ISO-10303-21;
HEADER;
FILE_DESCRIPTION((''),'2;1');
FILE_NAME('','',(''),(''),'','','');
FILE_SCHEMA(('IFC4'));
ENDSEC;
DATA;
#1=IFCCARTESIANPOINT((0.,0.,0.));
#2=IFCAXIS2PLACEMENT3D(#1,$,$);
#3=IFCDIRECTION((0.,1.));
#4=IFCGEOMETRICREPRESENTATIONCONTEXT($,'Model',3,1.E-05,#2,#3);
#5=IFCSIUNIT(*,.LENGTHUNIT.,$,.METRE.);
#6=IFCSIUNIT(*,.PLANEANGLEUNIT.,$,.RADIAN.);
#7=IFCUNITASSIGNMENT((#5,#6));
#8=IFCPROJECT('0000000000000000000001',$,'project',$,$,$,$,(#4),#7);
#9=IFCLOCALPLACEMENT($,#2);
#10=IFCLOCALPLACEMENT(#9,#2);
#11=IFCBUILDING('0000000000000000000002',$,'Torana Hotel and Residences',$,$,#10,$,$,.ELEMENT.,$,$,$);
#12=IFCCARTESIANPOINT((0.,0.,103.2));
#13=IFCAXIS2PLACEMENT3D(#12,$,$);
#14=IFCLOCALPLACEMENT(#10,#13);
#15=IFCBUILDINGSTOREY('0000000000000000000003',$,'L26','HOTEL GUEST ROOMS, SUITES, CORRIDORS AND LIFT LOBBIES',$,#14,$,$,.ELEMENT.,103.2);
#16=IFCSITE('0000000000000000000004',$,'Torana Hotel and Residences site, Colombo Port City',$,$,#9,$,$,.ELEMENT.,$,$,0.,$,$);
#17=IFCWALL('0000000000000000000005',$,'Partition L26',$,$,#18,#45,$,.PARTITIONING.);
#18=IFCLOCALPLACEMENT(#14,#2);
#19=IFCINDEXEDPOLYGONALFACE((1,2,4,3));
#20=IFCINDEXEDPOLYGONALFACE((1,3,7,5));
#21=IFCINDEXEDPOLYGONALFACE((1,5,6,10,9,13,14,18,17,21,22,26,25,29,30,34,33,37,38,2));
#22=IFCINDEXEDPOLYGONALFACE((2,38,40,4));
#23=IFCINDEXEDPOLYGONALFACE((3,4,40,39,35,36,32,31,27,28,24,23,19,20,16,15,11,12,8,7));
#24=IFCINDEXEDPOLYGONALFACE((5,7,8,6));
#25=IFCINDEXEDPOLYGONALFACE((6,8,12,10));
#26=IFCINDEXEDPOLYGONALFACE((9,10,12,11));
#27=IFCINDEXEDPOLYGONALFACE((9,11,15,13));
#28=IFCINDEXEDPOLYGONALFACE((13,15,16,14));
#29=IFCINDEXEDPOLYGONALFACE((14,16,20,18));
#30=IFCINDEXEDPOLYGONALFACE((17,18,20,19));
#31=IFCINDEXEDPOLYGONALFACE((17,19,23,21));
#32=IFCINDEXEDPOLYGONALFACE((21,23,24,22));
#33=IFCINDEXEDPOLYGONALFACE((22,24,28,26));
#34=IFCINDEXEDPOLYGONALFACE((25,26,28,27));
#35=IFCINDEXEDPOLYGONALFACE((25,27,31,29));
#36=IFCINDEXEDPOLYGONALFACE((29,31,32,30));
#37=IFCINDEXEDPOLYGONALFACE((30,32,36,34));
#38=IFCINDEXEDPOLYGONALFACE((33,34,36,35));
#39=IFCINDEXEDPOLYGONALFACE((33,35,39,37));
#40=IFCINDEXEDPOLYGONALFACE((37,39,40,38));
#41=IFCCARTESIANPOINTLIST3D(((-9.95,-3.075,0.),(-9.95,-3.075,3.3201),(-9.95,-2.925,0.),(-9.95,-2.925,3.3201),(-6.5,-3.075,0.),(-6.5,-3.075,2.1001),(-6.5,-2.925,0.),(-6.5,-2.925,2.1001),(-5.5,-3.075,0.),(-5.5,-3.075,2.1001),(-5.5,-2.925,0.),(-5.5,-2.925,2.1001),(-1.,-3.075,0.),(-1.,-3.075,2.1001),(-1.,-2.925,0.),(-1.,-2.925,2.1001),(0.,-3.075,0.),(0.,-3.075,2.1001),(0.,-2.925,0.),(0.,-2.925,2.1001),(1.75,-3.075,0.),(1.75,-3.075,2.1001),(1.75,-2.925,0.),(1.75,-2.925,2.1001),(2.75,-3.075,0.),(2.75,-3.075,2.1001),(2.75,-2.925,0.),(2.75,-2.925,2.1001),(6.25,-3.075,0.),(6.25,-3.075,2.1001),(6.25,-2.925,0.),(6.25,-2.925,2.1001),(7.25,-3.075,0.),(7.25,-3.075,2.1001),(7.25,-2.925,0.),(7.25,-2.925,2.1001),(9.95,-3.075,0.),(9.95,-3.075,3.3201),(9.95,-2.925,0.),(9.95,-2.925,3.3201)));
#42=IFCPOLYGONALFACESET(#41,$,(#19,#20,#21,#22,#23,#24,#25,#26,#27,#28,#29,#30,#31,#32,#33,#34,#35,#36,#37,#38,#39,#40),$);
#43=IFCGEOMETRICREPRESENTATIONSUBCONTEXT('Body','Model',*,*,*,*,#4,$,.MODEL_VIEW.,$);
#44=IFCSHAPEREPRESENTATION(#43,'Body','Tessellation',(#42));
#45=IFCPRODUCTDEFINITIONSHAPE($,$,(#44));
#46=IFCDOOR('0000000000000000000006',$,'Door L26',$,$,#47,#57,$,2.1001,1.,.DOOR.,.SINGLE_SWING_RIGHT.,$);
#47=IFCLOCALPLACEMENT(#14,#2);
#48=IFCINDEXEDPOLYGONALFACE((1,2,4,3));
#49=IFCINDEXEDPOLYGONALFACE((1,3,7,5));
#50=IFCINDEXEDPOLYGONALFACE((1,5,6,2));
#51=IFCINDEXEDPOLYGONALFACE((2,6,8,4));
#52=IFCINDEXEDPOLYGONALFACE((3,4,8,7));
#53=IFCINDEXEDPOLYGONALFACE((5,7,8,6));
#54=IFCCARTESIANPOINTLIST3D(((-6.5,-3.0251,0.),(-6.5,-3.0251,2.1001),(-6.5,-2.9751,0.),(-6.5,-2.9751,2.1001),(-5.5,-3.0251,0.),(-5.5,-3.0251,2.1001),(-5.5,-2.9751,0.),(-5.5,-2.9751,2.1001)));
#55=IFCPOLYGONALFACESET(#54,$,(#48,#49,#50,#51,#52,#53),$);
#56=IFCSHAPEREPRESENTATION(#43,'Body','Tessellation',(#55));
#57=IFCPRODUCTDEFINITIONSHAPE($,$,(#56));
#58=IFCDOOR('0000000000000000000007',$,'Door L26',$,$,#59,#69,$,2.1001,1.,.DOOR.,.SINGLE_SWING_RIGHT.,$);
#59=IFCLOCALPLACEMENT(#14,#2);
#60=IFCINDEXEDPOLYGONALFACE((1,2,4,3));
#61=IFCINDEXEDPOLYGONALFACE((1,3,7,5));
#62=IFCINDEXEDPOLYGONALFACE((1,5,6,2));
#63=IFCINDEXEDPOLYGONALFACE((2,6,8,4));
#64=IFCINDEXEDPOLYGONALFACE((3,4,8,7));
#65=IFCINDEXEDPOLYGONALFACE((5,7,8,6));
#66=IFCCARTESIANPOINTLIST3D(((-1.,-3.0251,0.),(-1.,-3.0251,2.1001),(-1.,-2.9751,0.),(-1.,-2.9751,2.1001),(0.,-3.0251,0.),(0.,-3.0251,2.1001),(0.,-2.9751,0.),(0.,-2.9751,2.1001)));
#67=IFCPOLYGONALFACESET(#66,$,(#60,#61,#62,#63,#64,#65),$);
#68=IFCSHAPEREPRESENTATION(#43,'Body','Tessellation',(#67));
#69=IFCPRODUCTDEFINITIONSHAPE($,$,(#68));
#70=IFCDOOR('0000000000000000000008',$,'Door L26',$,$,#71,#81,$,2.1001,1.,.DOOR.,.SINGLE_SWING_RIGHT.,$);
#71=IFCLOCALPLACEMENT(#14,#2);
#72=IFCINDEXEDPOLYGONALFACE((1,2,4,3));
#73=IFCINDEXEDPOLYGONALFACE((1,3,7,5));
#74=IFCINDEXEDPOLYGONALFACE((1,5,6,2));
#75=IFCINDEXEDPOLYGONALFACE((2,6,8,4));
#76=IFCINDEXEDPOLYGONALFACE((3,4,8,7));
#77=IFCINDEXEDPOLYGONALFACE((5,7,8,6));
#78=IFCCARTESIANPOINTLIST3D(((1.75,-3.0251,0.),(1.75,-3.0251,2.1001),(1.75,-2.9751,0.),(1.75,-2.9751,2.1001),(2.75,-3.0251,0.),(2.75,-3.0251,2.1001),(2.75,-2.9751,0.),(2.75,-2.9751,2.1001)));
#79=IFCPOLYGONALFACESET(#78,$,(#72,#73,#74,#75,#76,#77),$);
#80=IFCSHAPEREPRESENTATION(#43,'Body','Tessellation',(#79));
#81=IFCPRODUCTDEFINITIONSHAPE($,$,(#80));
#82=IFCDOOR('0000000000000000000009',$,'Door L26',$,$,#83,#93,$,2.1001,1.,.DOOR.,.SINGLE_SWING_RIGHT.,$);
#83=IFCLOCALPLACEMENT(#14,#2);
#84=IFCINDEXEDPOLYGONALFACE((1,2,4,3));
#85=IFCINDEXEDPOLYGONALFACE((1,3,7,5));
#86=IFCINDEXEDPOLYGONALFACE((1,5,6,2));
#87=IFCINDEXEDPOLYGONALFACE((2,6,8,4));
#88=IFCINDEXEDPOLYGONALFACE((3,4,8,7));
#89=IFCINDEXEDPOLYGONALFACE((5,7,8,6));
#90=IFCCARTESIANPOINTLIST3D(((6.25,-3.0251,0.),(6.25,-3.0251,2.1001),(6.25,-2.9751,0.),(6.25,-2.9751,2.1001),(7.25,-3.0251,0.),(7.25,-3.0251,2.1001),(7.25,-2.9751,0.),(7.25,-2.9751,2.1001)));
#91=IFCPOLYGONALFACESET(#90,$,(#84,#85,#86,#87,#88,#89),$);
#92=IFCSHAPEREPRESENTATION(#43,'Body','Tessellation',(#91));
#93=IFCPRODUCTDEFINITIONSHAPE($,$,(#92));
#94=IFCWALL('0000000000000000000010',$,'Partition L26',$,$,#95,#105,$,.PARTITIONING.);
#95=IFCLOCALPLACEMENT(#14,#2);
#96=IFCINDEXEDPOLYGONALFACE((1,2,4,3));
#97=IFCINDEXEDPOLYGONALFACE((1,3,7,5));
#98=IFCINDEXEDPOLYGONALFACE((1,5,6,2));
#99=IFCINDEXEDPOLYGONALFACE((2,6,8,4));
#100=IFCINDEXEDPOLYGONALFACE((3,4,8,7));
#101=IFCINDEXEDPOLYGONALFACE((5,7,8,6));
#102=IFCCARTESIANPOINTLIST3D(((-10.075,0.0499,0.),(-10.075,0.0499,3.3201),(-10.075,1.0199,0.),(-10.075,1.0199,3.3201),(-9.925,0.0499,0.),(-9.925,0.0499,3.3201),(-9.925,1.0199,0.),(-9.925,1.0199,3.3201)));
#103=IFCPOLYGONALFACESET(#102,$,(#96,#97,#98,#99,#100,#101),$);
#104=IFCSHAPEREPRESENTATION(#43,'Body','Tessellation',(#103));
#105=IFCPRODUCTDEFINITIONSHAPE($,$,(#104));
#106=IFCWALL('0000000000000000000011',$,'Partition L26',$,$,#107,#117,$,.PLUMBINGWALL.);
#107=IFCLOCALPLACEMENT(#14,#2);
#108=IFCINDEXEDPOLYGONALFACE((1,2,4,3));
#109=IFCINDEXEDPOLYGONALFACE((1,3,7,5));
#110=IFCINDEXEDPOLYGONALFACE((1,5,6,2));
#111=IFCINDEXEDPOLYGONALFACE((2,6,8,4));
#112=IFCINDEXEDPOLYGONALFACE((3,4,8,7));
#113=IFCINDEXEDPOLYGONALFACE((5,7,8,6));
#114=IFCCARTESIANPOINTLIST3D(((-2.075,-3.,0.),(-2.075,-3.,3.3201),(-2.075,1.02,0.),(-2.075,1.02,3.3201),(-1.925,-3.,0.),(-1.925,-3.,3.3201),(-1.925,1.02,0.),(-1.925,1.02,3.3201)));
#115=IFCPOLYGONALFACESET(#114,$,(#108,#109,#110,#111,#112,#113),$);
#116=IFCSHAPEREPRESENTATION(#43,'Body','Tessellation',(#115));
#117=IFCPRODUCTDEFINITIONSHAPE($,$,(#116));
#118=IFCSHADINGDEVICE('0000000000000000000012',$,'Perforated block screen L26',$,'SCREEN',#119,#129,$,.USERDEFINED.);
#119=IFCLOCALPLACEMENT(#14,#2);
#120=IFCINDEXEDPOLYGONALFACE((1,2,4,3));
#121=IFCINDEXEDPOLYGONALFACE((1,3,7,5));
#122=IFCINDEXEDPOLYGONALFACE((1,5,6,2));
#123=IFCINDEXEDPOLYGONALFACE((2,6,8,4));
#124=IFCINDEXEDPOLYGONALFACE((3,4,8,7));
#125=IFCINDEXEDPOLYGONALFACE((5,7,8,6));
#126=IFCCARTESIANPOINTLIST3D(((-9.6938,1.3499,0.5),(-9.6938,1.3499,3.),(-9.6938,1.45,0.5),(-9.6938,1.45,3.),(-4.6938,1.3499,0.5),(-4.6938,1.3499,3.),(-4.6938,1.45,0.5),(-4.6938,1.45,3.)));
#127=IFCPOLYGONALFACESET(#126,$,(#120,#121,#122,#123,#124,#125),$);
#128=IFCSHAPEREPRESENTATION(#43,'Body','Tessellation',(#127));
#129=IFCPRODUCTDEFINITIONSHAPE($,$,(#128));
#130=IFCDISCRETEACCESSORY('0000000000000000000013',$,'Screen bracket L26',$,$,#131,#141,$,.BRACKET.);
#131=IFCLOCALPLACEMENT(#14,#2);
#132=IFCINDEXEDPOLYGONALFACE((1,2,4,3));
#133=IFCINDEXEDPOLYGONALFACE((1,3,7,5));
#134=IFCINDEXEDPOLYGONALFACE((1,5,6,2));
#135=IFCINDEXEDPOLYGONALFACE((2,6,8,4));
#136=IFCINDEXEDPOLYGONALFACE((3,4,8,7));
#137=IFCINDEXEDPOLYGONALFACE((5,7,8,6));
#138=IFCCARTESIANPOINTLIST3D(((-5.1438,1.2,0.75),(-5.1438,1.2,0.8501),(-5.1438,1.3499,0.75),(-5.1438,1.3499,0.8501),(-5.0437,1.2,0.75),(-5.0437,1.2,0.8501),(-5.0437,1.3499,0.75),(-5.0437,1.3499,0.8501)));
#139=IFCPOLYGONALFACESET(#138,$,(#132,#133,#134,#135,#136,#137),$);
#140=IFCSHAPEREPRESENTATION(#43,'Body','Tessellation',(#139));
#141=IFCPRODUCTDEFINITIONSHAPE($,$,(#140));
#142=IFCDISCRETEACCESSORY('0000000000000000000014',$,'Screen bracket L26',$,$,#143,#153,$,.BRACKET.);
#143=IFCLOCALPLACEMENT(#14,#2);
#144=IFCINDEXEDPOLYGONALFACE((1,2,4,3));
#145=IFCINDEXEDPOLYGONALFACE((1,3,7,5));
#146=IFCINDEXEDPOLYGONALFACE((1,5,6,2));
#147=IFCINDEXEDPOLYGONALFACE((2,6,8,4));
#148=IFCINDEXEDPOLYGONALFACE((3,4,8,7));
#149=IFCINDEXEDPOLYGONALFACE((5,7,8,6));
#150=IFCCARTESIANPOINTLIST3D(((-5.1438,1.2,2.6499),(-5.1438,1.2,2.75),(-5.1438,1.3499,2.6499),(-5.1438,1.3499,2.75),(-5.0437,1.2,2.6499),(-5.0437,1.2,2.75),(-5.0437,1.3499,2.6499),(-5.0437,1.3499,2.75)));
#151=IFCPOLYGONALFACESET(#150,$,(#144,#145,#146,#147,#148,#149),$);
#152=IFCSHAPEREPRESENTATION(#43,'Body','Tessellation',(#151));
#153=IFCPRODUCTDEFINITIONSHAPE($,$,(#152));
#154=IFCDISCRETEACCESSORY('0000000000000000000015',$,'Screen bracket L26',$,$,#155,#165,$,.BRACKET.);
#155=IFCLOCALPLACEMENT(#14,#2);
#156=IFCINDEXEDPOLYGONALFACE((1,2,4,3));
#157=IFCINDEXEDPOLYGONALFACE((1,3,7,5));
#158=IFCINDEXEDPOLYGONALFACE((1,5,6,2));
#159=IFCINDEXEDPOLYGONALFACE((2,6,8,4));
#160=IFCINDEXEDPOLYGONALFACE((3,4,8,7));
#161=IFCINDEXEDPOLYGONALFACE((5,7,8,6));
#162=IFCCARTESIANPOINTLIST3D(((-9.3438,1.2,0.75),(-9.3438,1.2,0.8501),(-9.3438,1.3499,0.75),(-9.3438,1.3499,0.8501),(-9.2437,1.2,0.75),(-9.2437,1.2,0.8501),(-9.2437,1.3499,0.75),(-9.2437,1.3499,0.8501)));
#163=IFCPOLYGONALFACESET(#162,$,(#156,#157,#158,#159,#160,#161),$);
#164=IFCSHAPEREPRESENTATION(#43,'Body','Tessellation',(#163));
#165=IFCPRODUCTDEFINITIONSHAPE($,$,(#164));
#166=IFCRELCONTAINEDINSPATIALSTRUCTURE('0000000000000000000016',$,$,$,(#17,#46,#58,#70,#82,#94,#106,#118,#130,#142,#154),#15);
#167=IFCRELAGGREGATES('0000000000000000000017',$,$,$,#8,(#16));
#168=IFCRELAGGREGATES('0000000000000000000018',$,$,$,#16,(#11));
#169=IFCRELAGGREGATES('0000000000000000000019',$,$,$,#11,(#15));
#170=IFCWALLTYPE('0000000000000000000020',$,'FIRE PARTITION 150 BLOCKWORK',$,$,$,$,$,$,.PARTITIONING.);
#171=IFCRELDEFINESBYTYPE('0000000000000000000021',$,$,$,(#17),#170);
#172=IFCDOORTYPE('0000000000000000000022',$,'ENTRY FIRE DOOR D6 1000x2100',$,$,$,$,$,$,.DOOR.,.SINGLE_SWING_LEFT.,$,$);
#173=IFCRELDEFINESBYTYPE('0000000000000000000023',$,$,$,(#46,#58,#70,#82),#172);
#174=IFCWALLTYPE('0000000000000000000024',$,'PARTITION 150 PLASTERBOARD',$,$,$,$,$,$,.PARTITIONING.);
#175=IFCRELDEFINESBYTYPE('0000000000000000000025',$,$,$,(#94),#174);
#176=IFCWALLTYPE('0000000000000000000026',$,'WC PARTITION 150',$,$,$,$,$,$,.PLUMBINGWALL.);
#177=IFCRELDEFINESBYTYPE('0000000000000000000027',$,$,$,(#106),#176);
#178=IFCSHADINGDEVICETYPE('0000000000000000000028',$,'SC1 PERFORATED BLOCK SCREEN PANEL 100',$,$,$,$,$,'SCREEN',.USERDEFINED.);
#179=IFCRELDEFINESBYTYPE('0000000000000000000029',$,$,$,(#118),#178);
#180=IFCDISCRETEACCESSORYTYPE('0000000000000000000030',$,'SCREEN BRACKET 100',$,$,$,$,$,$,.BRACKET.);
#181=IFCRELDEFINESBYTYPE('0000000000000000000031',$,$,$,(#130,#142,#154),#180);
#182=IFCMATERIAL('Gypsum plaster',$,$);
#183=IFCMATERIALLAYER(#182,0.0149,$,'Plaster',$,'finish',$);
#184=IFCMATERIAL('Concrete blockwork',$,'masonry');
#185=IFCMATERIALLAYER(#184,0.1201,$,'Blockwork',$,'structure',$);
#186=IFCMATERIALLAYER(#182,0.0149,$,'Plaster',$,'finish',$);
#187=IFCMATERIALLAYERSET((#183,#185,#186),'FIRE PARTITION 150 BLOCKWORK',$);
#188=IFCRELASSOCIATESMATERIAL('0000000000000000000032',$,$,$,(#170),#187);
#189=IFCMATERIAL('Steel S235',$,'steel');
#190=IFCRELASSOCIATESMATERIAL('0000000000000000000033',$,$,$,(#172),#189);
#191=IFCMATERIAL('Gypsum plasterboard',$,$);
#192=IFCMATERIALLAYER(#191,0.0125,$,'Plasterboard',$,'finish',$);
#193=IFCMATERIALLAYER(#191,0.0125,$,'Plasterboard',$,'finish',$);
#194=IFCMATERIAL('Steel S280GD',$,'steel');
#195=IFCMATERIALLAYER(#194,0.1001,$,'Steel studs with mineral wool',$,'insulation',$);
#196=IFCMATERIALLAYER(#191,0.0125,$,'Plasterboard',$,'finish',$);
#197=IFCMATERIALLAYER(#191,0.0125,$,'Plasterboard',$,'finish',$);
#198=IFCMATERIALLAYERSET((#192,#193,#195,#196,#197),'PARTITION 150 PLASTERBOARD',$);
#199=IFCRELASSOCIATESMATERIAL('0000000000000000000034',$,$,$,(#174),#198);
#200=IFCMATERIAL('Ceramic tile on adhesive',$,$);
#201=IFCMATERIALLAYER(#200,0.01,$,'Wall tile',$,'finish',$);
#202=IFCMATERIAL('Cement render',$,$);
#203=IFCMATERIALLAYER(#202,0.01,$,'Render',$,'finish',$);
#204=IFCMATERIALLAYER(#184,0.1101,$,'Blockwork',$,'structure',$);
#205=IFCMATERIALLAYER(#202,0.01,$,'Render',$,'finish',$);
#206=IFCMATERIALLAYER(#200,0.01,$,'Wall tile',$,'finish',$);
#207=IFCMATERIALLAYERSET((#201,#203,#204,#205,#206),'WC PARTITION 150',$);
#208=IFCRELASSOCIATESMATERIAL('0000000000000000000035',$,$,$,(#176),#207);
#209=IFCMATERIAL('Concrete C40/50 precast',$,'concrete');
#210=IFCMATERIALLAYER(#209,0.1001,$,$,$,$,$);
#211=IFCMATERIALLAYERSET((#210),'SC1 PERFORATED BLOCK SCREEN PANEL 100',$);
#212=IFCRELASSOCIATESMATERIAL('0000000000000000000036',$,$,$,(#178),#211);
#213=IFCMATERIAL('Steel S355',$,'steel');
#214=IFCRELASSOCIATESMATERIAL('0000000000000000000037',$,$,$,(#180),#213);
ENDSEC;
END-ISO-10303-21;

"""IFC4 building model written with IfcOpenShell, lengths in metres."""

from ifc_helpers import new_model, si_unit, direction, frame, frame_2d, origin, origin_2d, place, context, subcontext, project, spatial, rectangle, extrude, material, layer, layer_set, type_object, element, fill, save


model = new_model("IFC4")

# Units and contexts
model_context = context("Model", 3, precision=1e-05, world=origin(), true_north=direction((0.0, 1.0)))
body_context = subcontext(model_context, "Body", "Model", "MODEL_VIEW")
ifc_project = project(units=[si_unit("LENGTHUNIT", "METRE"), si_unit("PLANEANGLEUNIT", "RADIAN")], contexts=[model_context])

# Site, building, storey
site_placement = place(None, origin())
site = spatial("IfcSite", under=ifc_project, at=site_placement, Name="Torana Hotel and Residences site, Colombo Port City", CompositionType="ELEMENT", RefElevation=0.0)
building_placement = place(site_placement, origin())
building = spatial("IfcBuilding", under=site, at=building_placement, Name="Torana Hotel and Residences", CompositionType="ELEMENT")
storey_placement = place(building_placement, frame((0.0, 0.0, 103.2)))
storey = spatial("IfcBuildingStorey", under=building, at=storey_placement, Name="L26", Description="HOTEL GUEST ROOMS, SUITES, CORRIDORS AND LIFT LOBBIES", CompositionType="ELEMENT", Elevation=103.2)

# Shared definitions
ifc_material_1 = material(Name="Gypsum plaster")
ifc_layer_1 = layer(ifc_material_1, 0.0149, Name="Plaster", Category="finish")
ifc_material_2 = material(Name="Concrete blockwork", Category="masonry")
ifc_layer_2 = layer(ifc_material_2, 0.1201, Name="Blockwork", Category="structure")
ifc_layer_3 = layer(ifc_material_1, 0.0149, Name="Plaster", Category="finish")
ifc_layer_set_1 = layer_set([ifc_layer_1, ifc_layer_2, ifc_layer_3], Name="FIRE PARTITION 150 BLOCKWORK")
wall_type_1 = type_object("IfcWallType", Name="FIRE PARTITION 150 BLOCKWORK", PredefinedType="PARTITIONING", material=ifc_layer_set_1)

# Shared definitions
ifc_material_3 = material(Name="Steel S235", Category="steel")
door_type = type_object("IfcDoorType", Name="ENTRY FIRE DOOR D6 1000x2100", OperationType="SINGLE_SWING_LEFT", PredefinedType="DOOR", material=ifc_material_3)

# Wall, openings, doors
wall_1_placement = place(storey_placement, frame((-9.95, -3.0, 0.0), z_axis=(0.0, 0.0, 1.0), x_axis=(1.0, 0.0, 0.0)))
wall_1 = element("IfcWall", 1, at=wall_1_placement, inside=storey, type_object=wall_type_1, Name="Partition L26", PredefinedType="PARTITIONING", context=body_context, shape_type="SweptSolid", body=[
    extrude(rectangle(XDim=19.8999, YDim=0.1499, at=frame_2d((9.95, 0.0))), origin(), (0.0, 0.0, 1.0), 3.3201),
])
opening_1_placement = place(wall_1_placement, frame((3.45, 0.0, 0.0)))
opening_1 = element("IfcOpeningElement", 2, at=opening_1_placement, cuts=wall_1, PredefinedType="OPENING", context=body_context, shape_type="SweptSolid", body=[
    extrude(rectangle(XDim=1.0, YDim=2.1001, at=frame_2d((0.5, 1.05))), frame((0.0, 0.085, 0.0), z_axis=(0.0, -1.0, 0.0), x_axis=(1.0, 0.0, 0.0)), (0.0, 0.0, 1.0), 0.1699),
])
opening_2_placement = place(wall_1_placement, frame((8.95, 0.0, 0.0)))
opening_2 = element("IfcOpeningElement", 3, at=opening_2_placement, cuts=wall_1, PredefinedType="OPENING", context=body_context, shape_type="SweptSolid", body=[
    extrude(rectangle(XDim=1.0, YDim=2.1001, at=frame_2d((0.5, 1.05))), frame((0.0, 0.085, 0.0), z_axis=(0.0, -1.0, 0.0), x_axis=(1.0, 0.0, 0.0)), (0.0, 0.0, 1.0), 0.1699),
])
opening_3_placement = place(wall_1_placement, frame((11.7, 0.0, 0.0)))
opening_3 = element("IfcOpeningElement", 4, at=opening_3_placement, cuts=wall_1, PredefinedType="OPENING", context=body_context, shape_type="SweptSolid", body=[
    extrude(rectangle(XDim=1.0, YDim=2.1001, at=frame_2d((0.5, 1.05))), frame((0.0, 0.085, 0.0), z_axis=(0.0, -1.0, 0.0), x_axis=(1.0, 0.0, 0.0)), (0.0, 0.0, 1.0), 0.1699),
])
opening_4_placement = place(wall_1_placement, frame((16.2, 0.0, 0.0)))
opening_4 = element("IfcOpeningElement", 5, at=opening_4_placement, cuts=wall_1, PredefinedType="OPENING", context=body_context, shape_type="SweptSolid", body=[
    extrude(rectangle(XDim=1.0, YDim=2.1001, at=frame_2d((0.5, 1.05))), frame((0.0, 0.085, 0.0), z_axis=(0.0, -1.0, 0.0), x_axis=(1.0, 0.0, 0.0)), (0.0, 0.0, 1.0), 0.1699),
])
door_1_placement = place(opening_1_placement, origin())
door_1 = element("IfcDoor", 6, at=door_1_placement, inside=storey, type_object=door_type, Name="Door L26", OperationType="SINGLE_SWING_RIGHT", OverallHeight=2.1001, OverallWidth=1.0, PredefinedType="DOOR", context=body_context, shape_type="SweptSolid", body=[
    extrude(rectangle(XDim=1.0, YDim=2.1001, at=frame_2d((0.5, 1.05))), frame((0.0, 0.0249, 0.0), z_axis=(0.0, -1.0, 0.0), x_axis=(1.0, 0.0, 0.0)), (0.0, 0.0, 1.0), 0.05),
])
fill(opening_1, door_1)
door_2_placement = place(opening_2_placement, origin())
door_2 = element("IfcDoor", 7, at=door_2_placement, inside=storey, type_object=door_type, Name="Door L26", OperationType="SINGLE_SWING_RIGHT", OverallHeight=2.1001, OverallWidth=1.0, PredefinedType="DOOR", context=body_context, shape_type="SweptSolid", body=[
    extrude(rectangle(XDim=1.0, YDim=2.1001, at=frame_2d((0.5, 1.05))), frame((0.0, 0.0249, 0.0), z_axis=(0.0, -1.0, 0.0), x_axis=(1.0, 0.0, 0.0)), (0.0, 0.0, 1.0), 0.05),
])
fill(opening_2, door_2)
door_3_placement = place(opening_3_placement, origin())
door_3 = element("IfcDoor", 8, at=door_3_placement, inside=storey, type_object=door_type, Name="Door L26", OperationType="SINGLE_SWING_RIGHT", OverallHeight=2.1001, OverallWidth=1.0, PredefinedType="DOOR", context=body_context, shape_type="SweptSolid", body=[
    extrude(rectangle(XDim=1.0, YDim=2.1001, at=frame_2d((0.5, 1.05))), frame((0.0, 0.0249, 0.0), z_axis=(0.0, -1.0, 0.0), x_axis=(1.0, 0.0, 0.0)), (0.0, 0.0, 1.0), 0.05),
])
fill(opening_3, door_3)
door_4_placement = place(opening_4_placement, origin())
door_4 = element("IfcDoor", 9, at=door_4_placement, inside=storey, type_object=door_type, Name="Door L26", OperationType="SINGLE_SWING_RIGHT", OverallHeight=2.1001, OverallWidth=1.0, PredefinedType="DOOR", context=body_context, shape_type="SweptSolid", body=[
    extrude(rectangle(XDim=1.0, YDim=2.1001, at=frame_2d((0.5, 1.05))), frame((0.0, 0.0249, 0.0), z_axis=(0.0, -1.0, 0.0), x_axis=(1.0, 0.0, 0.0)), (0.0, 0.0, 1.0), 0.05),
])
fill(opening_4, door_4)

# Walls
ifc_material_4 = material(Name="Gypsum plasterboard")
ifc_layer_4 = layer(ifc_material_4, 0.0125, Name="Plasterboard", Category="finish")
ifc_layer_5 = layer(ifc_material_4, 0.0125, Name="Plasterboard", Category="finish")
ifc_material_5 = material(Name="Steel S280GD", Category="steel")
ifc_layer_6 = layer(ifc_material_5, 0.1001, Name="Steel studs with mineral wool", Category="insulation")
ifc_layer_7 = layer(ifc_material_4, 0.0125, Name="Plasterboard", Category="finish")
ifc_layer_8 = layer(ifc_material_4, 0.0125, Name="Plasterboard", Category="finish")
ifc_layer_set_2 = layer_set([ifc_layer_4, ifc_layer_5, ifc_layer_6, ifc_layer_7, ifc_layer_8], Name="PARTITION 150 PLASTERBOARD")
wall_type_2 = type_object("IfcWallType", Name="PARTITION 150 PLASTERBOARD", PredefinedType="PARTITIONING", material=ifc_layer_set_2)
wall_2_placement = place(storey_placement, frame((-10.0, 0.05, 0.0), z_axis=(0.0, 0.0, 1.0), x_axis=(0.0, 1.0, 0.0)))
element("IfcWall", 10, at=wall_2_placement, inside=storey, type_object=wall_type_2, Name="Partition L26", PredefinedType="PARTITIONING", context=body_context, shape_type="SweptSolid", body=[
    extrude(rectangle(XDim=0.97, YDim=0.1499, at=frame_2d((0.4849, 0.0))), origin(), (0.0, 0.0, 1.0), 3.3201),
])
ifc_material_6 = material(Name="Ceramic tile on adhesive")
ifc_layer_9 = layer(ifc_material_6, 0.01, Name="Wall tile", Category="finish")
ifc_material_7 = material(Name="Cement render")
ifc_layer_10 = layer(ifc_material_7, 0.01, Name="Render", Category="finish")
ifc_layer_11 = layer(ifc_material_2, 0.1101, Name="Blockwork", Category="structure")
ifc_layer_12 = layer(ifc_material_7, 0.01, Name="Render", Category="finish")
ifc_layer_13 = layer(ifc_material_6, 0.01, Name="Wall tile", Category="finish")
ifc_layer_set_3 = layer_set([ifc_layer_9, ifc_layer_10, ifc_layer_11, ifc_layer_12, ifc_layer_13], Name="WC PARTITION 150")
wall_type_3 = type_object("IfcWallType", Name="WC PARTITION 150", PredefinedType="PLUMBINGWALL", material=ifc_layer_set_3)
wall_3_placement = place(storey_placement, frame((-2.0, -3.0, 0.0), z_axis=(0.0, 0.0, 1.0), x_axis=(0.0, 1.0, 0.0)))
element("IfcWall", 11, at=wall_3_placement, inside=storey, type_object=wall_type_3, Name="Partition L26", PredefinedType="PLUMBINGWALL", context=body_context, shape_type="SweptSolid", body=[
    extrude(rectangle(XDim=4.02, YDim=0.1499, at=frame_2d((2.01, 0.0))), origin(), (0.0, 0.0, 1.0), 3.3201),
])

# Shading device
ifc_material_8 = material(Name="Concrete C40/50 precast", Category="concrete")
ifc_layer_14 = layer(ifc_material_8, 0.1001)
ifc_layer_set_4 = layer_set([ifc_layer_14], Name="SC1 PERFORATED BLOCK SCREEN PANEL 100")
shading_device_type = type_object("IfcShadingDeviceType", Name="SC1 PERFORATED BLOCK SCREEN PANEL 100", ElementType="SCREEN", PredefinedType="USERDEFINED", material=ifc_layer_set_4)
shading_device_placement = place(storey_placement, frame((-7.1938, 1.3999, 0.5), z_axis=(0.0, 0.0, 1.0), x_axis=(-1.0, 0.0, 0.0)))
element("IfcShadingDevice", 12, at=shading_device_placement, inside=storey, type_object=shading_device_type, Name="Perforated block screen L26", ObjectType="SCREEN", PredefinedType="USERDEFINED", context=body_context, shape_type="SweptSolid", body=[
    extrude(rectangle(XDim=5.0, YDim=0.1001, at=origin_2d()), origin(), (0.0, 0.0, 1.0), 2.5),
])

# Discrete accessories
ifc_material_9 = material(Name="Steel S355", Category="steel")
discrete_accessory_type = type_object("IfcDiscreteAccessoryType", Name="SCREEN BRACKET 100", PredefinedType="BRACKET", material=ifc_material_9)
for number, where, z_axis, x_axis, name in (
    (13, (-5.0938, 1.2749, 0.75), (0.0, 0.0, 1.0), (-1.0, 0.0, 0.0), "Screen bracket L26"),
    (14, (-5.0938, 1.2749, 2.6499), (0.0, 0.0, 1.0), (-1.0, 0.0, 0.0), "Screen bracket L26"),
    (15, (-9.2937, 1.2749, 0.75), (0.0, 0.0, 1.0), (-1.0, 0.0, 0.0), "Screen bracket L26"),
):
    element("IfcDiscreteAccessory", number, at=place(storey_placement, frame(where, z_axis=z_axis, x_axis=x_axis)), inside=storey, type_object=discrete_accessory_type, Name=name, PredefinedType="BRACKET", context=body_context, shape_type="SweptSolid", body=[
        extrude(rectangle(XDim=0.1001, YDim=0.1499, at=origin_2d()), origin(), (0.0, 0.0, 1.0), 0.1001),
    ])

save(model, "model.ifc")
